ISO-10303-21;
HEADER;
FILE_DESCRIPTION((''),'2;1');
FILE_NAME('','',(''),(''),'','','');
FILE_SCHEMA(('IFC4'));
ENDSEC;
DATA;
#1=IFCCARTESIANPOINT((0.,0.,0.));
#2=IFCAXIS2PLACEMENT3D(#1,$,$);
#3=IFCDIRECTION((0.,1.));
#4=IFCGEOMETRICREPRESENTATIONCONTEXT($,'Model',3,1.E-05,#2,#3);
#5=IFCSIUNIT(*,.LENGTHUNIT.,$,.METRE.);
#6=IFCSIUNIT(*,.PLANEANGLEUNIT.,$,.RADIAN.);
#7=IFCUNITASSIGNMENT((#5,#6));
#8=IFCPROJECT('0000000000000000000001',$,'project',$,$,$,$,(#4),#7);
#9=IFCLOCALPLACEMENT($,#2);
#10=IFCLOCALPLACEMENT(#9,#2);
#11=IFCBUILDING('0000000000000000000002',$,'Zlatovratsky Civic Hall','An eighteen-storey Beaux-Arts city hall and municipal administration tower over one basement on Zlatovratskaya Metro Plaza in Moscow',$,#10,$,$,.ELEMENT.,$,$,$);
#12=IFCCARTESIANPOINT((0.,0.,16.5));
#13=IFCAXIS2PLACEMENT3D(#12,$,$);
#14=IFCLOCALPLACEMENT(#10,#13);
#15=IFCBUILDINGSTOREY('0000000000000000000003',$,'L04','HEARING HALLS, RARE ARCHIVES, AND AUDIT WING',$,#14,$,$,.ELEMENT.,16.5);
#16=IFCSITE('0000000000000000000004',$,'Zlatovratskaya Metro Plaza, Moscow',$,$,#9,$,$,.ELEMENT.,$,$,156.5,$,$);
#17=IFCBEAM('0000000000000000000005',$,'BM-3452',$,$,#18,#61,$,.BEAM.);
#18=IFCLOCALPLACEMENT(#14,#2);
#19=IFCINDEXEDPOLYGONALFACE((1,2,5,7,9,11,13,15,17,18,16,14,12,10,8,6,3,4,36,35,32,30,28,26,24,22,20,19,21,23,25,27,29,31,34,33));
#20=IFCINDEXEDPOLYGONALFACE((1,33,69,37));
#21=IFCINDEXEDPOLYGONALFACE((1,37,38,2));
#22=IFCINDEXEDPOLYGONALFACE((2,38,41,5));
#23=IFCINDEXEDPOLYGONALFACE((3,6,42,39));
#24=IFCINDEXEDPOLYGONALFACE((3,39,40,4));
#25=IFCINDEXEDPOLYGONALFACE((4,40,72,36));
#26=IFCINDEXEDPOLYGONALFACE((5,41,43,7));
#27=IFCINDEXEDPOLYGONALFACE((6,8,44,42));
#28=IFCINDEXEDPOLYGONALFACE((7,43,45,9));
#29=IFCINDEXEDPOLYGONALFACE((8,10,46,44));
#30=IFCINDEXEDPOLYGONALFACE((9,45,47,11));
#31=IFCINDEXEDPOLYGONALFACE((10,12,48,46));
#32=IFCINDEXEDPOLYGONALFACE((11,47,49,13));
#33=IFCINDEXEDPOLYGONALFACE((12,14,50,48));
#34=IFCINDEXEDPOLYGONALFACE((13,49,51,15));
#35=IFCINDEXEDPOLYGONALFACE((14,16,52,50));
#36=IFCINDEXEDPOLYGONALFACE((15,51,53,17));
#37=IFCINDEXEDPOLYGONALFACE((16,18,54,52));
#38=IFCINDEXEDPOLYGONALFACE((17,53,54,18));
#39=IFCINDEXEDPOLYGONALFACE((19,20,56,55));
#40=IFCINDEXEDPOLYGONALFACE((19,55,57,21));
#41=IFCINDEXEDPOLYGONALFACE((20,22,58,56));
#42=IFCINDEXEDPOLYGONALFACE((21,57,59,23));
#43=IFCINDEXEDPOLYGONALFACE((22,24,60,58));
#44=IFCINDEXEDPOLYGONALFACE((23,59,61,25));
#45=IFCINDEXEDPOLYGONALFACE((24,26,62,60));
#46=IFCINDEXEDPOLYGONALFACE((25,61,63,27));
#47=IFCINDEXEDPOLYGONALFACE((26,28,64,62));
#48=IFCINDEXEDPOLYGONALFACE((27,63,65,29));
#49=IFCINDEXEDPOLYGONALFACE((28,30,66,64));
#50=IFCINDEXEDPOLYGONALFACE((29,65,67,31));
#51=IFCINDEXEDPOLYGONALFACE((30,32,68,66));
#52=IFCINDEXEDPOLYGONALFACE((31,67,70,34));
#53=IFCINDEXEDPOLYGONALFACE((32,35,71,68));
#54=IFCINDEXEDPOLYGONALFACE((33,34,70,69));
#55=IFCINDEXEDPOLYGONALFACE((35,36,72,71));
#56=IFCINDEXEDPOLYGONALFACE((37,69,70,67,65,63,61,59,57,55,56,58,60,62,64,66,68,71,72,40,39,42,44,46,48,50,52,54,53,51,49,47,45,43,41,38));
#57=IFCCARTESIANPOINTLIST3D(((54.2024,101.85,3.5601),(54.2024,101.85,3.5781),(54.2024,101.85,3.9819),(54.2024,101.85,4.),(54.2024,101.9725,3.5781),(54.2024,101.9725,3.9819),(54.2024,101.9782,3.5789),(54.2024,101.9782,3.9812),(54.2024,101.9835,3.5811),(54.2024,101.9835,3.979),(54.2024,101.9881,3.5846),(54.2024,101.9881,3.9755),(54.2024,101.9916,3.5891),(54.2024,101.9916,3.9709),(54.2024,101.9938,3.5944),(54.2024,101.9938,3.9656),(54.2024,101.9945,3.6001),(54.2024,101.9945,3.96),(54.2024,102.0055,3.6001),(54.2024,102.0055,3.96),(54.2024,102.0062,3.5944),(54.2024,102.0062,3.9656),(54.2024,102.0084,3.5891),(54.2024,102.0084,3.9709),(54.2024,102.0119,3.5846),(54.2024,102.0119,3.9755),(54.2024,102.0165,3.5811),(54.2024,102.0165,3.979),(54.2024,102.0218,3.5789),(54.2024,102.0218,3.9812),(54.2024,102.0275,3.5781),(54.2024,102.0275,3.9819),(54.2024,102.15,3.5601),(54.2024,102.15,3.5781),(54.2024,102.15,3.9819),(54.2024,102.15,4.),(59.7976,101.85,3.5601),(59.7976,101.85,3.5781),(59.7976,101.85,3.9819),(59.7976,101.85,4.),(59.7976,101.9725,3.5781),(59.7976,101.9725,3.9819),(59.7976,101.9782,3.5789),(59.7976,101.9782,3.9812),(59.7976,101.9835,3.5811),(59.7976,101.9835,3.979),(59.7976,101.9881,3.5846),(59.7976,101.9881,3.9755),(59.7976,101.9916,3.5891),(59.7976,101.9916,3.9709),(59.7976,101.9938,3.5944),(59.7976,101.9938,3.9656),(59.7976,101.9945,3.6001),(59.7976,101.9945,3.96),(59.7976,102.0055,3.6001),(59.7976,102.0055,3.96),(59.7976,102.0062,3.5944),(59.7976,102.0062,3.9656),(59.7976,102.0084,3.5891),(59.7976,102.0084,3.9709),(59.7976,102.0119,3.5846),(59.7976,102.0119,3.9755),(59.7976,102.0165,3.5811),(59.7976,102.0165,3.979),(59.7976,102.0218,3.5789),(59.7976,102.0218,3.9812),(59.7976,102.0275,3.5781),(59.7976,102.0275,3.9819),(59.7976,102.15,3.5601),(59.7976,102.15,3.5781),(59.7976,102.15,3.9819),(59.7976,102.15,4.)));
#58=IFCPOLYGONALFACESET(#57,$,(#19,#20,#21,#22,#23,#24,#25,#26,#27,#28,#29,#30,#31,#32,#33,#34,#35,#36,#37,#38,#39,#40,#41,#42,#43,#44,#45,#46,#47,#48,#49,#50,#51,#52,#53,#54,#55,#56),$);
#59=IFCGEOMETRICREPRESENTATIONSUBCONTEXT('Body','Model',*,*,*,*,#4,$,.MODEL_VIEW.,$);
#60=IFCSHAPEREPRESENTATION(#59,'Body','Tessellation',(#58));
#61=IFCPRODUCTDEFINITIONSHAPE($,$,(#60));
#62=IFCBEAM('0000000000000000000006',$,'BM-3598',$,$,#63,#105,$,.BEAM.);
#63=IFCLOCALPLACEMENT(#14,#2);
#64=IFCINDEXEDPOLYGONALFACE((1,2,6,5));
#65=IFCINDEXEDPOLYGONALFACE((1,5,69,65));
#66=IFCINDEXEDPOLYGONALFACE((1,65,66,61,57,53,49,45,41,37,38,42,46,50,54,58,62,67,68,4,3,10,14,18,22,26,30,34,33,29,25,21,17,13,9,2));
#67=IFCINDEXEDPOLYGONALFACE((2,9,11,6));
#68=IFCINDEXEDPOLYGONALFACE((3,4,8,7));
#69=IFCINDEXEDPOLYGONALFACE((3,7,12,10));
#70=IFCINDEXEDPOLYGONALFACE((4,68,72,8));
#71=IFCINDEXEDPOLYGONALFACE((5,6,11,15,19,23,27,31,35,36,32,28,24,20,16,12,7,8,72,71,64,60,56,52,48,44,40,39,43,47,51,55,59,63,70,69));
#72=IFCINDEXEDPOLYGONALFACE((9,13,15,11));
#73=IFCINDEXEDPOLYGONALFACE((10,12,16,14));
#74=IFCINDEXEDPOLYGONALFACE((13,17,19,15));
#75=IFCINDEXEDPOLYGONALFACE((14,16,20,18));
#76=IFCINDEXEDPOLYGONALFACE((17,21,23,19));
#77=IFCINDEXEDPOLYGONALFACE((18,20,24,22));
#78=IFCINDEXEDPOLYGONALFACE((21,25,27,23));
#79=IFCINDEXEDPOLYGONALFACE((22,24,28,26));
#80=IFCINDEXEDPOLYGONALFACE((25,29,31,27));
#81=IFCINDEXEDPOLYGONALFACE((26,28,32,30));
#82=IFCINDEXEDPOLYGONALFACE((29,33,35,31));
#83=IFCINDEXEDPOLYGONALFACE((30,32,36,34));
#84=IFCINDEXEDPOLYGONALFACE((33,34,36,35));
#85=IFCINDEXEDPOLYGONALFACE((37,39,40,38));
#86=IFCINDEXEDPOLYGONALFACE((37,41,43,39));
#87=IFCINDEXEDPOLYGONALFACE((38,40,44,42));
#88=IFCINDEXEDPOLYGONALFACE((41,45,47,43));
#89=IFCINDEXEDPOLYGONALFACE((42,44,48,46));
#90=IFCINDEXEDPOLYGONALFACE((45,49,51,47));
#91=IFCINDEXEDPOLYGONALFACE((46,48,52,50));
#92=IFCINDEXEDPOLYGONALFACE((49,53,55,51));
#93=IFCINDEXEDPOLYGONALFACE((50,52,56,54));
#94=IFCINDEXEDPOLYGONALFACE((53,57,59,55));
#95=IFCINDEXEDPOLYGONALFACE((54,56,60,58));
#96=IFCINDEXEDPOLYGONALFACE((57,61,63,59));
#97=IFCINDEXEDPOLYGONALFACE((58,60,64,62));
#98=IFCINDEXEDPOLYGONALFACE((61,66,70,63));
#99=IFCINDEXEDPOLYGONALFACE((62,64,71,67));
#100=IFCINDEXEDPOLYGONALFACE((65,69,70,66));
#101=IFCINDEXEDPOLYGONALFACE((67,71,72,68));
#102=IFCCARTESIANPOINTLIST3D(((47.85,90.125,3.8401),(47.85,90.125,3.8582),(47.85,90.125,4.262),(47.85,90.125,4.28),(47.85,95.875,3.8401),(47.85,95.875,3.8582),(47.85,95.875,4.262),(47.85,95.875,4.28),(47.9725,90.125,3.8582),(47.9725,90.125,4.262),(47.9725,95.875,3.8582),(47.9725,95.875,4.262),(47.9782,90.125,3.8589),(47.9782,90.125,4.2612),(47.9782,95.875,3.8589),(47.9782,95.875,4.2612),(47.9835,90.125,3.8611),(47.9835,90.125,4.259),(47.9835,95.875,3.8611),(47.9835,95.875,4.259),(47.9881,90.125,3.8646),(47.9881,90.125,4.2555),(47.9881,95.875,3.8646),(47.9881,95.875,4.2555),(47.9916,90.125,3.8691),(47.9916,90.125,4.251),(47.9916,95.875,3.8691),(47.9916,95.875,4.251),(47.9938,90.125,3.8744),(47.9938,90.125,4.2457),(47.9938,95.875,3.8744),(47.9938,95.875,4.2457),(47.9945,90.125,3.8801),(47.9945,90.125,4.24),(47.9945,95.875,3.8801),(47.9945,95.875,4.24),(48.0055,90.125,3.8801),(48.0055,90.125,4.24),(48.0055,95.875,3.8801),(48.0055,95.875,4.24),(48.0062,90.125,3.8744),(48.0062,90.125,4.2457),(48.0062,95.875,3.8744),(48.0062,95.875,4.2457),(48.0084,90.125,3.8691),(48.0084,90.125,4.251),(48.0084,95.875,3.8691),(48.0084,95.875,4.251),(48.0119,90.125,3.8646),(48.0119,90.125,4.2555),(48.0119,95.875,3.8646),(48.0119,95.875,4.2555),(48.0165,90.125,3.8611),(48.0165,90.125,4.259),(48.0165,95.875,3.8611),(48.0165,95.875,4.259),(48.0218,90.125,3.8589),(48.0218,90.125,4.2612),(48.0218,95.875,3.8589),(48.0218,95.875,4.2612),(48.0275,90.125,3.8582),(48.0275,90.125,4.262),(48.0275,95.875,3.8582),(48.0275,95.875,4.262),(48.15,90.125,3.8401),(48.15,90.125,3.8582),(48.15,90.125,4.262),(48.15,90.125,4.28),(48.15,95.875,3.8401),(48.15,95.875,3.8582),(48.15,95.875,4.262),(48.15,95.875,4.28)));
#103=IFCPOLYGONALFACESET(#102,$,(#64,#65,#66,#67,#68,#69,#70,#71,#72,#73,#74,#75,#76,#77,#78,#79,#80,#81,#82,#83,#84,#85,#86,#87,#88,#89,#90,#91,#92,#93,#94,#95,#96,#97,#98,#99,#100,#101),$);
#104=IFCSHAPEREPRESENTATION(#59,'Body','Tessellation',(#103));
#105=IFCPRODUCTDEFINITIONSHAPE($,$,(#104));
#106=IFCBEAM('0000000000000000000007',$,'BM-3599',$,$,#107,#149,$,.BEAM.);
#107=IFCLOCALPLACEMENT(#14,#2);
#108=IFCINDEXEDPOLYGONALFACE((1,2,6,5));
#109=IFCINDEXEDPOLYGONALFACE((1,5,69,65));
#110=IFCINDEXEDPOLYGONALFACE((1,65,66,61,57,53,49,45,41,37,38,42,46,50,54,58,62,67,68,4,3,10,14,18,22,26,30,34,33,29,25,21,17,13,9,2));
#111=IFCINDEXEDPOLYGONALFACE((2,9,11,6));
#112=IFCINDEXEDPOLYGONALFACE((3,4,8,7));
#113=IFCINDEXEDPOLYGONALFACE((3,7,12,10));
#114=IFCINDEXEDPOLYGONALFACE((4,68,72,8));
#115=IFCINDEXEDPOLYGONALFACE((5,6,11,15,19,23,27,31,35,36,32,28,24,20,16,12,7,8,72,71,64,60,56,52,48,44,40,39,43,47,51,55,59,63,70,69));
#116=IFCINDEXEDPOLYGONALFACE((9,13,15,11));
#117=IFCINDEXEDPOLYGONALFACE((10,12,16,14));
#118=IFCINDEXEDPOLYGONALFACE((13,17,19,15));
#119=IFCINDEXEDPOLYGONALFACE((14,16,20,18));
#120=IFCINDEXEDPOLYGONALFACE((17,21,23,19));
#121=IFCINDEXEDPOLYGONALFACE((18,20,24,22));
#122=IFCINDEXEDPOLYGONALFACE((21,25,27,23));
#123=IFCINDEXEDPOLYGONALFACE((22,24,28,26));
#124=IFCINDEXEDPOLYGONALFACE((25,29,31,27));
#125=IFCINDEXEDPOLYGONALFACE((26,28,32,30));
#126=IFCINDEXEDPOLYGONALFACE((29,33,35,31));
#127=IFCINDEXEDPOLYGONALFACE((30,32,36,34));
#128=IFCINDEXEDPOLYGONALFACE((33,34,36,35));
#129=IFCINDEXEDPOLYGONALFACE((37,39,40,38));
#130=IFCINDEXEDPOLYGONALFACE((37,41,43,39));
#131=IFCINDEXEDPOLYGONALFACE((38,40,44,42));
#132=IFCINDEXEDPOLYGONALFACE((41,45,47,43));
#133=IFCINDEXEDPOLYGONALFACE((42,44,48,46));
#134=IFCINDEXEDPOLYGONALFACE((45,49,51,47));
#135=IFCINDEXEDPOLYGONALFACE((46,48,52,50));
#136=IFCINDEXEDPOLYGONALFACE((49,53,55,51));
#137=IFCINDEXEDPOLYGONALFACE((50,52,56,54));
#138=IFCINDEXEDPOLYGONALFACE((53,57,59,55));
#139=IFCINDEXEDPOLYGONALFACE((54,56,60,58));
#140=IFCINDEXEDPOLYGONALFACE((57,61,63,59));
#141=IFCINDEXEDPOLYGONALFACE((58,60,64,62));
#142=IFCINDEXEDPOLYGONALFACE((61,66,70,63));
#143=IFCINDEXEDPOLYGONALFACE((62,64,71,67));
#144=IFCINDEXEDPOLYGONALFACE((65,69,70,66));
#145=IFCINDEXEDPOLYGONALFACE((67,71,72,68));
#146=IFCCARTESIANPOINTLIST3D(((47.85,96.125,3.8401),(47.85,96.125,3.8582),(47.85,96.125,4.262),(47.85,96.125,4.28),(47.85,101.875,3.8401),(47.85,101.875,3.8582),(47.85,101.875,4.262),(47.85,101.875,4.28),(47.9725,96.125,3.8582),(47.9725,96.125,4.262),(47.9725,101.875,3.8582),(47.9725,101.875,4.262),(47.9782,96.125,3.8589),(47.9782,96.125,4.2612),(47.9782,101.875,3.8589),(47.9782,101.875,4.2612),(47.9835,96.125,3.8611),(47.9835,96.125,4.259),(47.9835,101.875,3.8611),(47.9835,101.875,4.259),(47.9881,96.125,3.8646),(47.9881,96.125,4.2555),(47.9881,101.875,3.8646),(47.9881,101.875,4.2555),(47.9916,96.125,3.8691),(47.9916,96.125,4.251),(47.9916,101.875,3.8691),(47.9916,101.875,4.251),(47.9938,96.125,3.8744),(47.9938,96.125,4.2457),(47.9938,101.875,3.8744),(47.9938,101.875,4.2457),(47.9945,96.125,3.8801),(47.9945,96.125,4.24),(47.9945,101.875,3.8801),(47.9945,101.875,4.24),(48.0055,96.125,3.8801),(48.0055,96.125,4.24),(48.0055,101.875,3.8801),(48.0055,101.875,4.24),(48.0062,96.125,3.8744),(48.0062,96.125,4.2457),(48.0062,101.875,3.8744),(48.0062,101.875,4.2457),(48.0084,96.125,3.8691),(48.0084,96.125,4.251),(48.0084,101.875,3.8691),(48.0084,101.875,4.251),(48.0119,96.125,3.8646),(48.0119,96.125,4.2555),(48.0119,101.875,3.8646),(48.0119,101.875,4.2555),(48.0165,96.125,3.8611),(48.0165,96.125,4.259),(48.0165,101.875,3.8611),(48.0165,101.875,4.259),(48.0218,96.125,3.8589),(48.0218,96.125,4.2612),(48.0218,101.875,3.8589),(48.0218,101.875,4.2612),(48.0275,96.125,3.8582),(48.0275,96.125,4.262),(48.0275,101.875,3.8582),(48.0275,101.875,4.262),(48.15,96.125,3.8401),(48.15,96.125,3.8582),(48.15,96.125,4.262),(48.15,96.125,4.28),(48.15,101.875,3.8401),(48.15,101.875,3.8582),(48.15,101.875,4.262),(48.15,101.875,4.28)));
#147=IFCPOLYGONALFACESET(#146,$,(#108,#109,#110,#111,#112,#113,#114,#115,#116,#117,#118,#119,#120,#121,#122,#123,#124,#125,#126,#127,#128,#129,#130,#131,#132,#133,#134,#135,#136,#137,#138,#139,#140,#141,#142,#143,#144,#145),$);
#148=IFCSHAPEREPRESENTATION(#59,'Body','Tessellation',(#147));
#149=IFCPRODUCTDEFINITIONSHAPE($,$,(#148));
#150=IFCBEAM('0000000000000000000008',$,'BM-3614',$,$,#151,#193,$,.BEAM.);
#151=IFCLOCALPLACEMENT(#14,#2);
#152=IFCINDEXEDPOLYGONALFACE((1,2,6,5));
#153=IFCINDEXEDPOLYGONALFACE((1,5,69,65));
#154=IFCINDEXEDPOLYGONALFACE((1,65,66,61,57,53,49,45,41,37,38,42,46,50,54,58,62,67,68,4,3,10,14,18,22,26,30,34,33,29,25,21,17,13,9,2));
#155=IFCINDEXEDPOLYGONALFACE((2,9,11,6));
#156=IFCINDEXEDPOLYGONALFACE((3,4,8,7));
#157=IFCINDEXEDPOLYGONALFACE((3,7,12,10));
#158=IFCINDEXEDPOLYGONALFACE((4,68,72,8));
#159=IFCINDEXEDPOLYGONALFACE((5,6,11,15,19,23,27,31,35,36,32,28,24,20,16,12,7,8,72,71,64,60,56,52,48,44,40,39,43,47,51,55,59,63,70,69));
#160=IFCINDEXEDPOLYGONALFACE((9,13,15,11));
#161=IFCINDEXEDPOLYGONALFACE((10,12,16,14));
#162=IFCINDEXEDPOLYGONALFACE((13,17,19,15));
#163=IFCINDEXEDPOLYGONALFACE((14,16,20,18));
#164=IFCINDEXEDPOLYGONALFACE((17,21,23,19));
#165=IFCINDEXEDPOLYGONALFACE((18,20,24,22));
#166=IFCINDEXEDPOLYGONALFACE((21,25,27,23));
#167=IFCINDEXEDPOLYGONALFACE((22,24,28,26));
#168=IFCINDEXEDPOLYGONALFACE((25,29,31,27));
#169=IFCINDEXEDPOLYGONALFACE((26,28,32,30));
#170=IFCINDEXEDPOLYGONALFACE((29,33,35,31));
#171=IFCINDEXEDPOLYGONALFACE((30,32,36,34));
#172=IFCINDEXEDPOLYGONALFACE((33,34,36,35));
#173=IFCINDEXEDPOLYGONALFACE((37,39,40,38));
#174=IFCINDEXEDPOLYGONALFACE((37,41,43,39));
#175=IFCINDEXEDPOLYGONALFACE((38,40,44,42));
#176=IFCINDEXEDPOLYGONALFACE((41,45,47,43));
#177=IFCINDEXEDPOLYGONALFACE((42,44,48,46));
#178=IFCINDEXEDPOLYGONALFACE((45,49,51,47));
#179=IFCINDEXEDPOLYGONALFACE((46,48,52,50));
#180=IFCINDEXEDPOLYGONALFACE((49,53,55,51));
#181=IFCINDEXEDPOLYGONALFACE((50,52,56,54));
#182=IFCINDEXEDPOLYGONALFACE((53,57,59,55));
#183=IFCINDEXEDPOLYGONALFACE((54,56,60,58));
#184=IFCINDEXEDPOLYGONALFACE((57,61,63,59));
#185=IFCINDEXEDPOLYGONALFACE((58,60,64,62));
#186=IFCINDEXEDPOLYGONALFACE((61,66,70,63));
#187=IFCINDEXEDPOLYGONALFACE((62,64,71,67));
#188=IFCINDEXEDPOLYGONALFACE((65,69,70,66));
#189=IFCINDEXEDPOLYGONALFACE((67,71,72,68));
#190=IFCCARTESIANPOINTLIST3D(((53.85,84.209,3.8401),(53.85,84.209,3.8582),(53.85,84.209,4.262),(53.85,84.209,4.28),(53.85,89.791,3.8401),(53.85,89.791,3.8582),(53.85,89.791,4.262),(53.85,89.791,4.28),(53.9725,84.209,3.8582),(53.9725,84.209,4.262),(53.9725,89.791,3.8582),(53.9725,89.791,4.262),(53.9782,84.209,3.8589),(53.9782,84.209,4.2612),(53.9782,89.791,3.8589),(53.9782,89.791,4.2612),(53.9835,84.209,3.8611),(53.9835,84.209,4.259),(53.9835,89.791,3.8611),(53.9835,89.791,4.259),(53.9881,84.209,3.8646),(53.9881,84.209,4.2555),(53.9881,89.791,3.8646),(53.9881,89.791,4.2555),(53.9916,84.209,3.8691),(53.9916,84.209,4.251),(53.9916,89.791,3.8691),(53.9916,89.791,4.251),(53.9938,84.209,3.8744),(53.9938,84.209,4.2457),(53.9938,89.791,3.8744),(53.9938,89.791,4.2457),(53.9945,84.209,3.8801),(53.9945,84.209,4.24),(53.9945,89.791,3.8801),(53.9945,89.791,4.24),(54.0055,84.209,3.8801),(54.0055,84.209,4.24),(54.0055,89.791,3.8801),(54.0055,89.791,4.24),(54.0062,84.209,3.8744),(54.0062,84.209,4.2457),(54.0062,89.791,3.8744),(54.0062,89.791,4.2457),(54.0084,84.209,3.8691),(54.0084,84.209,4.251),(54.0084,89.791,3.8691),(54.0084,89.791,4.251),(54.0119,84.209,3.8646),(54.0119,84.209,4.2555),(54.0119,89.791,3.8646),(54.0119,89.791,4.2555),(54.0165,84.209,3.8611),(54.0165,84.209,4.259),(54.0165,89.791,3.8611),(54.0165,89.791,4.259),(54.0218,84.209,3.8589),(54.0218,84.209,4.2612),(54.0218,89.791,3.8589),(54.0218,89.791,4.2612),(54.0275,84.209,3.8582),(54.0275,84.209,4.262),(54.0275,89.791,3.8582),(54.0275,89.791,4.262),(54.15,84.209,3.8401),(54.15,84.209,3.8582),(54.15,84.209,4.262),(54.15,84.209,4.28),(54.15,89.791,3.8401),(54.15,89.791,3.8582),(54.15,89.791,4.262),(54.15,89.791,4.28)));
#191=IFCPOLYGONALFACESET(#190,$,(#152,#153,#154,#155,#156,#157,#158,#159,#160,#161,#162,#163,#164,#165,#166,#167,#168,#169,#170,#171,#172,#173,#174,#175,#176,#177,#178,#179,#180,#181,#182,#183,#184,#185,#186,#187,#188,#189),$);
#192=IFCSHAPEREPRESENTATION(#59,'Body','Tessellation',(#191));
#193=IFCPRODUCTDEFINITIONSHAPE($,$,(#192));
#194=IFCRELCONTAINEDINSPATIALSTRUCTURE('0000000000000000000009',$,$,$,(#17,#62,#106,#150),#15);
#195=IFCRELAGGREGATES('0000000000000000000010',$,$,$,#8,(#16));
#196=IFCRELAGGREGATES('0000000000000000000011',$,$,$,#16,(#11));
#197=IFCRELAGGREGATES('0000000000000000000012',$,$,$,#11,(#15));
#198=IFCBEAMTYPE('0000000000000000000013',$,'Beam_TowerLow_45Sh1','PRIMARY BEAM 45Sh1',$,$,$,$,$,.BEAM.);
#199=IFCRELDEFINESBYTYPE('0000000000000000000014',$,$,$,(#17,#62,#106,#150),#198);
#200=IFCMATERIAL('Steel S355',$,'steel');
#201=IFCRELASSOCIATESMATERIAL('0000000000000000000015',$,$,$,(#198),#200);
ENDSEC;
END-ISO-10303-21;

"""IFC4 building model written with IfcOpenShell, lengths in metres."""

from ifc_helpers import new_model, si_unit, direction, frame, origin, origin_2d, place, context, subcontext, project, spatial, i_section, extrude, material, material_profile, profile_set, type_object, element, save


model = new_model("IFC4")

# Units and contexts
model_context = context("Model", 3, precision=1e-05, world=origin(), true_north=direction((0.0, 1.0)))
body_context = subcontext(model_context, "Body", "Model", "MODEL_VIEW")
ifc_project = project(units=[si_unit("LENGTHUNIT", "METRE"), si_unit("PLANEANGLEUNIT", "RADIAN")], contexts=[model_context])

# Site, building, storey
site_placement = place(None, origin())
site = spatial("IfcSite", under=ifc_project, at=site_placement, Name="Zlatovratskaya Metro Plaza, Moscow", CompositionType="ELEMENT", RefElevation=156.5)
building_placement = place(site_placement, origin())
building = spatial("IfcBuilding", under=site, at=building_placement, Name="Zlatovratsky Civic Hall", Description="An eighteen-storey Beaux-Arts city hall and municipal administration tower over one basement on Zlatovratskaya Metro Plaza in Moscow", CompositionType="ELEMENT")
storey_placement = place(building_placement, frame((0.0, 0.0, 16.5)))
storey = spatial("IfcBuildingStorey", under=building, at=storey_placement, Name="L04", Description="HEARING HALLS, RARE ARCHIVES, AND AUDIT WING", CompositionType="ELEMENT", Elevation=16.5)

# Shared definitions
ifc_material_1 = material(Name="Steel S355", Category="steel")

# Beams
ifc_material_profile_1 = material_profile(ifc_material_1, i_section(OverallWidth=0.3, OverallDepth=0.4399, WebThickness=0.011, FlangeThickness=0.0181, FilletRadius=0.022, at=origin_2d()), Name="45Sh1")
ifc_profile_set_1 = profile_set([ifc_material_profile_1], Name="Steel S355")
beam_type_1 = type_object("IfcBeamType", Name="Beam_TowerLow_45Sh1", Description="PRIMARY BEAM 45Sh1", PredefinedType="BEAM", material=ifc_profile_set_1)
beam_1_placement = place(storey_placement, frame((54.2024, 102.0, 3.78), z_axis=(1.0, 0.0, 0.0), x_axis=(0.0, 1.0, 0.0)))
element("IfcBeam", 1, at=beam_1_placement, inside=storey, type_object=beam_type_1, Name="BM-3452", PredefinedType="BEAM", context=body_context, shape_type="SweptSolid", body=[
    extrude(i_section(OverallWidth=0.3, OverallDepth=0.4399, WebThickness=0.011, FlangeThickness=0.0181, FilletRadius=0.022, at=origin_2d()), origin(), (0.0, 0.0, 1.0), 5.5952),
])
for number, where, z_axis, x_axis, name in (
    (2, (48.0, 90.125, 4.0601), (0.0, 1.0, 0.0), (-1.0, 0.0, 0.0), "BM-3598"),
    (3, (48.0, 96.125, 4.0601), (0.0, 1.0, 0.0), (-1.0, 0.0, 0.0), "BM-3599"),
):
    element("IfcBeam", number, at=place(storey_placement, frame(where, z_axis=z_axis, x_axis=x_axis)), inside=storey, type_object=beam_type_1, Name=name, PredefinedType="BEAM", context=body_context, shape_type="SweptSolid", body=[
        extrude(i_section(OverallWidth=0.3, OverallDepth=0.4399, WebThickness=0.011, FlangeThickness=0.0181, FilletRadius=0.022, at=origin_2d()), origin(), (0.0, 0.0, 1.0), 5.75),
    ])
for number, where, z_axis, x_axis, name in (
    (4, (54.0, 84.209, 4.0601), (0.0, 1.0, 0.0), (-1.0, 0.0, 0.0), "BM-3614"),
):
    element("IfcBeam", number, at=place(storey_placement, frame(where, z_axis=z_axis, x_axis=x_axis)), inside=storey, type_object=beam_type_1, Name=name, PredefinedType="BEAM", context=body_context, shape_type="SweptSolid", body=[
        extrude(i_section(OverallWidth=0.3, OverallDepth=0.4399, WebThickness=0.011, FlangeThickness=0.0181, FilletRadius=0.022, at=origin_2d()), origin(), (0.0, 0.0, 1.0), 5.582),
    ])

save(model, "model.ifc")
